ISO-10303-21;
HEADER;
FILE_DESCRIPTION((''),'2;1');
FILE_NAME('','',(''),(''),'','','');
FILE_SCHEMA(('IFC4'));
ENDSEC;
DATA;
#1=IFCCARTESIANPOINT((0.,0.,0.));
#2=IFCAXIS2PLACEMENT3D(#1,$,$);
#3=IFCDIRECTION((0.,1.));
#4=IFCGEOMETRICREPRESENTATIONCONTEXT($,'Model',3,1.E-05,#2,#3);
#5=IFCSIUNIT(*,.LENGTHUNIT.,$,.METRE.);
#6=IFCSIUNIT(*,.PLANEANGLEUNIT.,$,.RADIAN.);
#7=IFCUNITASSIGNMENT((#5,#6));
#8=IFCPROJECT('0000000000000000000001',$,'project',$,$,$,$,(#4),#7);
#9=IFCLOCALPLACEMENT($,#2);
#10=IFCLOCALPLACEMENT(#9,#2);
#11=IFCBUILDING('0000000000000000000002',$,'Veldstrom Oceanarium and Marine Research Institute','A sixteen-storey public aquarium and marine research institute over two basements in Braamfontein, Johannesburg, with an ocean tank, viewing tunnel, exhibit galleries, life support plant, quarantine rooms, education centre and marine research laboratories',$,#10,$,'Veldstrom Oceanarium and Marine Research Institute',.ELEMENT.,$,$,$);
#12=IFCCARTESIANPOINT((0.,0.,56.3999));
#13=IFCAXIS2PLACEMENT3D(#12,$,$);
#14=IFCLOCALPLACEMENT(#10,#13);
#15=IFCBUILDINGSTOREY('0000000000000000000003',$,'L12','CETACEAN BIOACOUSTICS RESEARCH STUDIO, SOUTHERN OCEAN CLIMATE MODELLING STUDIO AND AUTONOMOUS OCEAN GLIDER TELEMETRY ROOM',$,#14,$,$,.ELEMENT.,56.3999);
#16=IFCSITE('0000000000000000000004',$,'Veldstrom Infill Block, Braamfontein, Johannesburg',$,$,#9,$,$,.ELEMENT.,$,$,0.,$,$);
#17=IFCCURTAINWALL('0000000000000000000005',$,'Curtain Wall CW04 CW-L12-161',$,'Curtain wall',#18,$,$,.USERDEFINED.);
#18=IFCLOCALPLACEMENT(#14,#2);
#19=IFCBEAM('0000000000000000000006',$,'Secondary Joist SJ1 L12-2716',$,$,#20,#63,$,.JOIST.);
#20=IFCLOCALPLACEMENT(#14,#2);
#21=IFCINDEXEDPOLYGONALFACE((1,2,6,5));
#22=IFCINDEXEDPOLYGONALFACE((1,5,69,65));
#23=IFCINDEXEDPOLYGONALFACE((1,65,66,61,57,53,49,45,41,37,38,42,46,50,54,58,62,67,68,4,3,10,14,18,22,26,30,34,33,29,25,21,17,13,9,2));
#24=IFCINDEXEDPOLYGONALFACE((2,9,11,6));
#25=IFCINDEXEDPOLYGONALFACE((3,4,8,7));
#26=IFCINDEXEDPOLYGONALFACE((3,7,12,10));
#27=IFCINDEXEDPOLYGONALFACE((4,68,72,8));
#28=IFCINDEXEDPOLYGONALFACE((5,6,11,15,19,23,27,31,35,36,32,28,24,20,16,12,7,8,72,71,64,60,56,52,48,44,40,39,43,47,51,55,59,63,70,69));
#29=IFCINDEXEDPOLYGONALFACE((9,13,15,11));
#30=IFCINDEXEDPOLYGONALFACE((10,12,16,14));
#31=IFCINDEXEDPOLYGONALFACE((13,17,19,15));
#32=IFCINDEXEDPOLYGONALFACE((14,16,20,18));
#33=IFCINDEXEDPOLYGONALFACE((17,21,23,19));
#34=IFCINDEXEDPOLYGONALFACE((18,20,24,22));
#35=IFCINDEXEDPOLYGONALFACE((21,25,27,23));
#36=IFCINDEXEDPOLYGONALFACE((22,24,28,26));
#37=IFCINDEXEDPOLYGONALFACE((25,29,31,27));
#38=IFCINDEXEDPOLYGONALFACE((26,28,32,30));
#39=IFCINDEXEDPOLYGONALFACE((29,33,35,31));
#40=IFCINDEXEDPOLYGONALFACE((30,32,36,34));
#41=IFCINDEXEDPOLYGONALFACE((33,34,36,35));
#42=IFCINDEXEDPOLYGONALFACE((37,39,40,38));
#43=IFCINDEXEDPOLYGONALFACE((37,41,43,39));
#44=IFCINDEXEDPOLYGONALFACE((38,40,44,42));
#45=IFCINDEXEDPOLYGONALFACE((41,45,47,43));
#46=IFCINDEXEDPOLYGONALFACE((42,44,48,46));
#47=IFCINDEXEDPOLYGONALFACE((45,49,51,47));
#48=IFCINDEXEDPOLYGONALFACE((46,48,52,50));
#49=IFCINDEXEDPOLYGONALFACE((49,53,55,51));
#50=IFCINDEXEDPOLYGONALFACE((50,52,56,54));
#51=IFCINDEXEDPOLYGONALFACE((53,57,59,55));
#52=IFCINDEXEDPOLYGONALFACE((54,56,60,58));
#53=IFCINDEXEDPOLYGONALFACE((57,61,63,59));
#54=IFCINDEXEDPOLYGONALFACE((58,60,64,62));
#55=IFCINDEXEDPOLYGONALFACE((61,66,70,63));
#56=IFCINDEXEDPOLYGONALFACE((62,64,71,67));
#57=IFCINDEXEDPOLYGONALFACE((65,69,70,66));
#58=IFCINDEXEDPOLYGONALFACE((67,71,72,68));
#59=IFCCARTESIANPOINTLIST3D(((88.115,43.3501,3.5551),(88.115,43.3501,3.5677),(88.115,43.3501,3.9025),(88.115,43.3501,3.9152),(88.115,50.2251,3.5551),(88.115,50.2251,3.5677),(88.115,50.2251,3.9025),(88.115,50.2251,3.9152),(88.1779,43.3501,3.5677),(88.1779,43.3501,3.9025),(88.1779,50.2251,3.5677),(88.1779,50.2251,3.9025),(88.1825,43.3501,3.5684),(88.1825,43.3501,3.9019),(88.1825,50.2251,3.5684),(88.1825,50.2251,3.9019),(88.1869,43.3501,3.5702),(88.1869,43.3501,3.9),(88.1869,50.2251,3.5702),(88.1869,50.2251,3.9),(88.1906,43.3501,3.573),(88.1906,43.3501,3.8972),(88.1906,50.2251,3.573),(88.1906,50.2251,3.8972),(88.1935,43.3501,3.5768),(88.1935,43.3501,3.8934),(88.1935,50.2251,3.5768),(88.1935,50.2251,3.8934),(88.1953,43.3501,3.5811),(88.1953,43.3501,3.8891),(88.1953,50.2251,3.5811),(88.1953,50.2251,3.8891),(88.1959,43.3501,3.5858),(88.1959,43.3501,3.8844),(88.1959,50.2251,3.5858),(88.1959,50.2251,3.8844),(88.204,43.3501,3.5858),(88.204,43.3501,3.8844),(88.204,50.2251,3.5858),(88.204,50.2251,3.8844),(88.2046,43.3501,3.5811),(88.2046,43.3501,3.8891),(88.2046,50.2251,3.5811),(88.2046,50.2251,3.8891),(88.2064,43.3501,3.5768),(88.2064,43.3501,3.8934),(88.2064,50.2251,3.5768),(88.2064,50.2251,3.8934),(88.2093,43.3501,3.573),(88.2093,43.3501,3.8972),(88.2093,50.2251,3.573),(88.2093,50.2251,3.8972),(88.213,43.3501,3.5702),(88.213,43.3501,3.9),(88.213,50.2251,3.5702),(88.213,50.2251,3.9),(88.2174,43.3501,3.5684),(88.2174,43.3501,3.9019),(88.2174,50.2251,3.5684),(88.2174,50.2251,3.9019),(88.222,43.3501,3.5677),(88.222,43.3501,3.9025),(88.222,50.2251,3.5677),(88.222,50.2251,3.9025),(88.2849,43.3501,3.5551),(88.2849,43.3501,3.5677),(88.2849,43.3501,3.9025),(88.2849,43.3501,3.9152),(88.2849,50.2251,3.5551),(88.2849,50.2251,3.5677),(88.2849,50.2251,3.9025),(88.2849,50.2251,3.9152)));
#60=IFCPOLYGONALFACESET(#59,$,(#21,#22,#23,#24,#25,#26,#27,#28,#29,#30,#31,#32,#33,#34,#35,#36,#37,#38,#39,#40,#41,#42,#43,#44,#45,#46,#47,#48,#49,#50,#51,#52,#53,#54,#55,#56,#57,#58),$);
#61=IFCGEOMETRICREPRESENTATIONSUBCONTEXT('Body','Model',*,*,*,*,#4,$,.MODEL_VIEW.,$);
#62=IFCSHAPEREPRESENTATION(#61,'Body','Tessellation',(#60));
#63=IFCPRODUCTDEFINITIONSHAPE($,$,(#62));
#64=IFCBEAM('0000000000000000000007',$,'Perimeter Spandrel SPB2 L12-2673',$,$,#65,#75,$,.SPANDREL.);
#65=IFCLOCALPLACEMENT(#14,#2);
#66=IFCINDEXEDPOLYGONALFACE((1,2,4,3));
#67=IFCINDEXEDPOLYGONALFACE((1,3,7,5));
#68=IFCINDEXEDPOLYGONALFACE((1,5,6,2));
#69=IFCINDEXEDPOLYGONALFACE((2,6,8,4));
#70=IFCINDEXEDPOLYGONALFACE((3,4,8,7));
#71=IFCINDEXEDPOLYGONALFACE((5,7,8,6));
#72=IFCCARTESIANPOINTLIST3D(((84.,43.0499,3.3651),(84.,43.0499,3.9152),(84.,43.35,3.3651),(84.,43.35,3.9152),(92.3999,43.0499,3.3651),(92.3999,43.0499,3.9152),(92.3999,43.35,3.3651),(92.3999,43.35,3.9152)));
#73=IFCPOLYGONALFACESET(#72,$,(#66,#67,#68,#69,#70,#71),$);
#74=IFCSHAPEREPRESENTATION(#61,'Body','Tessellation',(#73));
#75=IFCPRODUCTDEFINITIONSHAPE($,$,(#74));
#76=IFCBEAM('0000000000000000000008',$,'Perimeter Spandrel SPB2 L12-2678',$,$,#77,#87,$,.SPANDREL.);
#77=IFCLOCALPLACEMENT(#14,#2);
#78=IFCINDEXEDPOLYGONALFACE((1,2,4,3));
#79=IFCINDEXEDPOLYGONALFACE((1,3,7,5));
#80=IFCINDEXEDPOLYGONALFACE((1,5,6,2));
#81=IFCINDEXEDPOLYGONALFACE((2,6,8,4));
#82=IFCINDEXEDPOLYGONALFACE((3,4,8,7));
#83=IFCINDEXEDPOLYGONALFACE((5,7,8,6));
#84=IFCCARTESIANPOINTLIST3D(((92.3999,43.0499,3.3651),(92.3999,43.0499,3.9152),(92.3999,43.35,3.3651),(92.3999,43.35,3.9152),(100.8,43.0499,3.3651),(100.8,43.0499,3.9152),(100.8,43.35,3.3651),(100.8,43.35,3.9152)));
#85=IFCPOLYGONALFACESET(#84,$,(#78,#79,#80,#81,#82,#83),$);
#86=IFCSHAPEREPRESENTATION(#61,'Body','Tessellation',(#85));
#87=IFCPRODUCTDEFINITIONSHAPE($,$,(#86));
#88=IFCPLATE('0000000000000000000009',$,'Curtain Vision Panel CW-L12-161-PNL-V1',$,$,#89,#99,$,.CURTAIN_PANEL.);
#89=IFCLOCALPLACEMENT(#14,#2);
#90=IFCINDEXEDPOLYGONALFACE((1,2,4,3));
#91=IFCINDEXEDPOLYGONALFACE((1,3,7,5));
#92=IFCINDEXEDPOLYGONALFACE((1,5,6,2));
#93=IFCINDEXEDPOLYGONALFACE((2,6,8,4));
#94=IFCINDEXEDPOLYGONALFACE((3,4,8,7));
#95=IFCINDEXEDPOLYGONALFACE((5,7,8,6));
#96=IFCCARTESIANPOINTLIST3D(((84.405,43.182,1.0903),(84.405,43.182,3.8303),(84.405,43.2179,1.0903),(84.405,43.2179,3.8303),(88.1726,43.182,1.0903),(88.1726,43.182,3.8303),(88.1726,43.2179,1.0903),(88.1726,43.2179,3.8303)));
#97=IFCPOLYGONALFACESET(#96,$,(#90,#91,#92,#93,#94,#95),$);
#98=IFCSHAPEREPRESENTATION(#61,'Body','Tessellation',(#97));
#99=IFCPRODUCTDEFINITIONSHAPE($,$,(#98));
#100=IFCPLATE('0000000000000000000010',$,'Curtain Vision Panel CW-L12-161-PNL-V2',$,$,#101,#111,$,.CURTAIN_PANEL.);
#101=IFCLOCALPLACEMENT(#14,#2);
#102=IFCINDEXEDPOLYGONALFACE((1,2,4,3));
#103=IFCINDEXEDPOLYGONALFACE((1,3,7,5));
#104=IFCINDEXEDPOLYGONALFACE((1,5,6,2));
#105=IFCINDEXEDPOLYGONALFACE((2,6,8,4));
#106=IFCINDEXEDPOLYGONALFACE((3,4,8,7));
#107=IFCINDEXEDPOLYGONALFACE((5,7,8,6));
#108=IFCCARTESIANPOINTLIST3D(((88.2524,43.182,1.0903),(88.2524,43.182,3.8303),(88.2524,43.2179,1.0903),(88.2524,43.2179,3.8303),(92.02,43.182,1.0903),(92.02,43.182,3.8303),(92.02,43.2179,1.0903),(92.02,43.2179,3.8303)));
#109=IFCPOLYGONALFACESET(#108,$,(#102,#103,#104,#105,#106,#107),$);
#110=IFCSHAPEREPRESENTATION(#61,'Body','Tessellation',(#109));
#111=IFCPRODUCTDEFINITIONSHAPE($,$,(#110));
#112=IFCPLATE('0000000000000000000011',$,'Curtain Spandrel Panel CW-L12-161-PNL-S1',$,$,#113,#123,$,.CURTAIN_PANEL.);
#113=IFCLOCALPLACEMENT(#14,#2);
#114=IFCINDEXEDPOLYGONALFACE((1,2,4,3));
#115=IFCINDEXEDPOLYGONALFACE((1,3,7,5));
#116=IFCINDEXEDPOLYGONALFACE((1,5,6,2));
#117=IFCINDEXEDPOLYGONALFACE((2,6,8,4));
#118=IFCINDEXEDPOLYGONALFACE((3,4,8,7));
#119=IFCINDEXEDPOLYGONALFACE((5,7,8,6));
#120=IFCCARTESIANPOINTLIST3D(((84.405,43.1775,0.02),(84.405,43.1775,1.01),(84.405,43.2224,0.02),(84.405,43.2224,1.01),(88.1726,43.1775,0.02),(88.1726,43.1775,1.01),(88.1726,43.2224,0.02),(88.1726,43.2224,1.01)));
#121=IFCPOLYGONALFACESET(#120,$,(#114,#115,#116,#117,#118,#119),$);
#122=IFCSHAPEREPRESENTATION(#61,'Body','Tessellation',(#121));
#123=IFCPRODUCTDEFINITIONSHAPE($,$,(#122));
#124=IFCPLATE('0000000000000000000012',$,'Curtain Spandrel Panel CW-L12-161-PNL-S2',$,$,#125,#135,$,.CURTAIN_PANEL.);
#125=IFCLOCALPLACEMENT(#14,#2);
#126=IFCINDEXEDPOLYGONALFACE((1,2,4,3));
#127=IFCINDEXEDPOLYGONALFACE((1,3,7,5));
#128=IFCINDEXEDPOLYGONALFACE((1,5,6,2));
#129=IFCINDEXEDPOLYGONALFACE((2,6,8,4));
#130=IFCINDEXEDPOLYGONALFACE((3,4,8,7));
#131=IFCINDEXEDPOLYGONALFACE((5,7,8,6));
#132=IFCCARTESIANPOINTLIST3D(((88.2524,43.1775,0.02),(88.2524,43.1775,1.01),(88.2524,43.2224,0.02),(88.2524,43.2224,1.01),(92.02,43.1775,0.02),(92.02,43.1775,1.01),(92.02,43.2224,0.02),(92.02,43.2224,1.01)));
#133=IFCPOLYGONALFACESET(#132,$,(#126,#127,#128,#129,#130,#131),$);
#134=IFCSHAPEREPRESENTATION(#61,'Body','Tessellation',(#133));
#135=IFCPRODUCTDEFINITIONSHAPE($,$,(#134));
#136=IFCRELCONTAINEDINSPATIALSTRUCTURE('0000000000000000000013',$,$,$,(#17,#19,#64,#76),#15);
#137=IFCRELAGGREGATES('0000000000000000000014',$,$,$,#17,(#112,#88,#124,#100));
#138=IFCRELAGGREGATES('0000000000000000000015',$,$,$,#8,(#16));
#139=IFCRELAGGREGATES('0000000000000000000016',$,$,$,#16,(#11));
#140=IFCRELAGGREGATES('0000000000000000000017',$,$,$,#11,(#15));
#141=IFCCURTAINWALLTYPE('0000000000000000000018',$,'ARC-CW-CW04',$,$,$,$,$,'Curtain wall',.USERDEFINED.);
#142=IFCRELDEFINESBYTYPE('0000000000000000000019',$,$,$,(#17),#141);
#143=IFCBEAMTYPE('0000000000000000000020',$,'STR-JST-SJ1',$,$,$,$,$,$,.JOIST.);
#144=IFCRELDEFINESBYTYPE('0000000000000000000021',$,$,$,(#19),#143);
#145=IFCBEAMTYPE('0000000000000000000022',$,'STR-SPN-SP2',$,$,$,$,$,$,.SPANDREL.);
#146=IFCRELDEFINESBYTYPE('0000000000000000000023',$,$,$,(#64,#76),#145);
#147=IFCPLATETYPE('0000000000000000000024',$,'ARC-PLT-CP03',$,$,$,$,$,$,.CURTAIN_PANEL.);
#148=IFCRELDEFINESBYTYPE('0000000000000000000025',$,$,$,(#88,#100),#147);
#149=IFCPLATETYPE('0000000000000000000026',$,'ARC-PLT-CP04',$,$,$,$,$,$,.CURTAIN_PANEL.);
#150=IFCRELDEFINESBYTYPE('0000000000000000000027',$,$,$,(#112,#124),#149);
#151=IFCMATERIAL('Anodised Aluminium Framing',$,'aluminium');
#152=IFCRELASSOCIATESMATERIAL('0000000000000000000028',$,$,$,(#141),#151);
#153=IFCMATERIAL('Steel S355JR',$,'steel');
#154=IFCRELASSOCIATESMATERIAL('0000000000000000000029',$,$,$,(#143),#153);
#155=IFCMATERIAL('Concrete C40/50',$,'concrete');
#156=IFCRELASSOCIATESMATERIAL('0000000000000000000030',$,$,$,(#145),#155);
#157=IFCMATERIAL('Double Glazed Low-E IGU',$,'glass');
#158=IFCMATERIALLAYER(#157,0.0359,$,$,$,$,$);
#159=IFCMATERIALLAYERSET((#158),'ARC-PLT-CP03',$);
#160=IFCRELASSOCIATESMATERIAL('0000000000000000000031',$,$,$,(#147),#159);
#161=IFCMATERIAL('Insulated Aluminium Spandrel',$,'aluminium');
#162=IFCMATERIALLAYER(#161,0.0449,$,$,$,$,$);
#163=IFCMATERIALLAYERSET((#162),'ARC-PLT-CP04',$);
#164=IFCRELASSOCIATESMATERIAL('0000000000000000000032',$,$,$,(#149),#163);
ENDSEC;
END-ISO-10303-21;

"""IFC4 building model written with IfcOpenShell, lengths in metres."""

from ifc_helpers import new_model, si_unit, direction, frame, origin, origin_2d, place, context, subcontext, project, spatial, rectangle, i_section, extrude, material, layer, layer_set, material_profile, profile_set, type_object, element, aggregate, save


model = new_model("IFC4")

# Units and contexts
model_context = context("Model", 3, precision=1e-05, world=origin(), true_north=direction((0.0, 1.0)))
body_context = subcontext(model_context, "Body", "Model", "MODEL_VIEW")
ifc_project = project(units=[si_unit("LENGTHUNIT", "METRE"), si_unit("PLANEANGLEUNIT", "RADIAN")], contexts=[model_context])

# Site, building, storey
site_placement = place(None, origin())
site = spatial("IfcSite", under=ifc_project, at=site_placement, Name="Veldstrom Infill Block, Braamfontein, Johannesburg", CompositionType="ELEMENT", RefElevation=0.0)
building_placement = place(site_placement, origin())
building = spatial("IfcBuilding", under=site, at=building_placement, Name="Veldstrom Oceanarium and Marine Research Institute", Description="A sixteen-storey public aquarium and marine research institute over two basements in Braamfontein, Johannesburg, with an ocean tank, viewing tunnel, exhibit galleries, life support plant, quarantine rooms, education centre and marine research laboratories", LongName="Veldstrom Oceanarium and Marine Research Institute", CompositionType="ELEMENT")
storey_placement = place(building_placement, frame((0.0, 0.0, 56.3999)))
storey = spatial("IfcBuildingStorey", under=building, at=storey_placement, Name="L12", Description="CETACEAN BIOACOUSTICS RESEARCH STUDIO, SOUTHERN OCEAN CLIMATE MODELLING STUDIO AND AUTONOMOUS OCEAN GLIDER TELEMETRY ROOM", CompositionType="ELEMENT", Elevation=56.3999)

# Shared definitions
ifc_material_1 = material(Name="Anodised Aluminium Framing", Category="aluminium")
curtain_wall_type = type_object("IfcCurtainWallType", Name="ARC-CW-CW04", ElementType="Curtain wall", PredefinedType="USERDEFINED", material=ifc_material_1)

# Curtain wall
curtain_wall_1_placement = place(storey_placement, origin())
curtain_wall_1 = element("IfcCurtainWall", 1, at=curtain_wall_1_placement, inside=storey, type_object=curtain_wall_type, Name="Curtain Wall CW04 CW-L12-161", ObjectType="Curtain wall", PredefinedType="USERDEFINED")

# Beams
ifc_material_2 = material(Name="Steel S355JR", Category="steel")
ifc_material_profile_1 = material_profile(ifc_material_2, i_section(OverallWidth=0.1699, OverallDepth=0.3601, WebThickness=0.0081, FlangeThickness=0.0127, FilletRadius=0.0181, at=origin_2d()), Name="IPE 360")
ifc_profile_set_1 = profile_set([ifc_material_profile_1], Name="Steel S355JR")
beam_type_1 = type_object("IfcBeamType", Name="STR-JST-SJ1", PredefinedType="JOIST", material=ifc_profile_set_1)
beam_1_placement = place(storey_placement, frame((88.2, 43.3501, 3.7351), z_axis=(0.0, 1.0, 0.0), x_axis=(-1.0, 0.0, 0.0)))
element("IfcBeam", 2, at=beam_1_placement, inside=storey, type_object=beam_type_1, Name="Secondary Joist SJ1 L12-2716", PredefinedType="JOIST", context=body_context, shape_type="SweptSolid", body=[
    extrude(i_section(OverallWidth=0.1699, OverallDepth=0.3601, WebThickness=0.0081, FlangeThickness=0.0127, FilletRadius=0.0181, at=origin_2d()), origin(), (0.0, 0.0, 1.0), 6.875),
])
ifc_material_3 = material(Name="Concrete C40/50", Category="concrete")
ifc_material_profile_2 = material_profile(ifc_material_3, rectangle(XDim=0.3, YDim=0.55, at=origin_2d()), Name="RC-SPN-300x550")
ifc_profile_set_2 = profile_set([ifc_material_profile_2], Name="Concrete C40/50")
beam_type_2 = type_object("IfcBeamType", Name="STR-SPN-SP2", PredefinedType="SPANDREL", material=ifc_profile_set_2)
beam_2_placement = place(storey_placement, frame((84.0, 43.2, 3.6401), z_axis=(1.0, 0.0, 0.0), x_axis=(0.0, 1.0, 0.0)))
element("IfcBeam", 3, at=beam_2_placement, inside=storey, type_object=beam_type_2, Name="Perimeter Spandrel SPB2 L12-2673", PredefinedType="SPANDREL", context=body_context, shape_type="SweptSolid", body=[
    extrude(rectangle(XDim=0.3, YDim=0.55, at=origin_2d()), origin(), (0.0, 0.0, 1.0), 8.3999),
])
beam_3_placement = place(storey_placement, frame((92.3999, 43.2, 3.6401), z_axis=(1.0, 0.0, 0.0), x_axis=(0.0, 1.0, 0.0)))
element("IfcBeam", 4, at=beam_3_placement, inside=storey, type_object=beam_type_2, Name="Perimeter Spandrel SPB2 L12-2678", PredefinedType="SPANDREL", context=body_context, shape_type="SweptSolid", body=[
    extrude(rectangle(XDim=0.3, YDim=0.55, at=origin_2d()), origin(), (0.0, 0.0, 1.0), 8.4001),
])

# Plates
ifc_material_4 = material(Name="Double Glazed Low-E IGU", Category="glass")
ifc_layer_1 = layer(ifc_material_4, 0.0359)
ifc_layer_set_1 = layer_set([ifc_layer_1], Name="ARC-PLT-CP03")
plate_type_1 = type_object("IfcPlateType", Name="ARC-PLT-CP03", PredefinedType="CURTAIN_PANEL", material=ifc_layer_set_1)
plate_1_placement = place(storey_placement, frame((86.2888, 43.2, 1.0903), z_axis=(0.0, 0.0, 1.0), x_axis=(1.0, 0.0, 0.0)))
plate_1 = element("IfcPlate", 5, at=plate_1_placement, type_object=plate_type_1, Name="Curtain Vision Panel CW-L12-161-PNL-V1", PredefinedType="CURTAIN_PANEL", context=body_context, shape_type="SweptSolid", body=[
    extrude(rectangle(XDim=3.7676, YDim=0.0359, at=origin_2d()), origin(), (0.0, 0.0, 1.0), 2.74),
])
plate_2_placement = place(storey_placement, frame((90.1362, 43.2, 1.0903), z_axis=(0.0, 0.0, 1.0), x_axis=(1.0, 0.0, 0.0)))
plate_2 = element("IfcPlate", 6, at=plate_2_placement, type_object=plate_type_1, Name="Curtain Vision Panel CW-L12-161-PNL-V2", PredefinedType="CURTAIN_PANEL", context=body_context, shape_type="SweptSolid", body=[
    extrude(rectangle(XDim=3.7676, YDim=0.0359, at=origin_2d()), origin(), (0.0, 0.0, 1.0), 2.74),
])
ifc_material_5 = material(Name="Insulated Aluminium Spandrel", Category="aluminium")
ifc_layer_2 = layer(ifc_material_5, 0.0449)
ifc_layer_set_2 = layer_set([ifc_layer_2], Name="ARC-PLT-CP04")
plate_type_2 = type_object("IfcPlateType", Name="ARC-PLT-CP04", PredefinedType="CURTAIN_PANEL", material=ifc_layer_set_2)
plate_3_placement = place(storey_placement, frame((86.2888, 43.2, 0.02), z_axis=(0.0, 0.0, 1.0), x_axis=(1.0, 0.0, 0.0)))
plate_3 = element("IfcPlate", 7, at=plate_3_placement, type_object=plate_type_2, Name="Curtain Spandrel Panel CW-L12-161-PNL-S1", PredefinedType="CURTAIN_PANEL", context=body_context, shape_type="SweptSolid", body=[
    extrude(rectangle(XDim=3.7676, YDim=0.0449, at=origin_2d()), origin(), (0.0, 0.0, 1.0), 0.99),
])
plate_4_placement = place(storey_placement, frame((90.1362, 43.2, 0.02), z_axis=(0.0, 0.0, 1.0), x_axis=(1.0, 0.0, 0.0)))
plate_4 = element("IfcPlate", 8, at=plate_4_placement, type_object=plate_type_2, Name="Curtain Spandrel Panel CW-L12-161-PNL-S2", PredefinedType="CURTAIN_PANEL", context=body_context, shape_type="SweptSolid", body=[
    extrude(rectangle(XDim=3.7676, YDim=0.0449, at=origin_2d()), origin(), (0.0, 0.0, 1.0), 0.99),
])
aggregate(curtain_wall_1, [plate_3, plate_1, plate_4, plate_2])

save(model, "model.ifc")
